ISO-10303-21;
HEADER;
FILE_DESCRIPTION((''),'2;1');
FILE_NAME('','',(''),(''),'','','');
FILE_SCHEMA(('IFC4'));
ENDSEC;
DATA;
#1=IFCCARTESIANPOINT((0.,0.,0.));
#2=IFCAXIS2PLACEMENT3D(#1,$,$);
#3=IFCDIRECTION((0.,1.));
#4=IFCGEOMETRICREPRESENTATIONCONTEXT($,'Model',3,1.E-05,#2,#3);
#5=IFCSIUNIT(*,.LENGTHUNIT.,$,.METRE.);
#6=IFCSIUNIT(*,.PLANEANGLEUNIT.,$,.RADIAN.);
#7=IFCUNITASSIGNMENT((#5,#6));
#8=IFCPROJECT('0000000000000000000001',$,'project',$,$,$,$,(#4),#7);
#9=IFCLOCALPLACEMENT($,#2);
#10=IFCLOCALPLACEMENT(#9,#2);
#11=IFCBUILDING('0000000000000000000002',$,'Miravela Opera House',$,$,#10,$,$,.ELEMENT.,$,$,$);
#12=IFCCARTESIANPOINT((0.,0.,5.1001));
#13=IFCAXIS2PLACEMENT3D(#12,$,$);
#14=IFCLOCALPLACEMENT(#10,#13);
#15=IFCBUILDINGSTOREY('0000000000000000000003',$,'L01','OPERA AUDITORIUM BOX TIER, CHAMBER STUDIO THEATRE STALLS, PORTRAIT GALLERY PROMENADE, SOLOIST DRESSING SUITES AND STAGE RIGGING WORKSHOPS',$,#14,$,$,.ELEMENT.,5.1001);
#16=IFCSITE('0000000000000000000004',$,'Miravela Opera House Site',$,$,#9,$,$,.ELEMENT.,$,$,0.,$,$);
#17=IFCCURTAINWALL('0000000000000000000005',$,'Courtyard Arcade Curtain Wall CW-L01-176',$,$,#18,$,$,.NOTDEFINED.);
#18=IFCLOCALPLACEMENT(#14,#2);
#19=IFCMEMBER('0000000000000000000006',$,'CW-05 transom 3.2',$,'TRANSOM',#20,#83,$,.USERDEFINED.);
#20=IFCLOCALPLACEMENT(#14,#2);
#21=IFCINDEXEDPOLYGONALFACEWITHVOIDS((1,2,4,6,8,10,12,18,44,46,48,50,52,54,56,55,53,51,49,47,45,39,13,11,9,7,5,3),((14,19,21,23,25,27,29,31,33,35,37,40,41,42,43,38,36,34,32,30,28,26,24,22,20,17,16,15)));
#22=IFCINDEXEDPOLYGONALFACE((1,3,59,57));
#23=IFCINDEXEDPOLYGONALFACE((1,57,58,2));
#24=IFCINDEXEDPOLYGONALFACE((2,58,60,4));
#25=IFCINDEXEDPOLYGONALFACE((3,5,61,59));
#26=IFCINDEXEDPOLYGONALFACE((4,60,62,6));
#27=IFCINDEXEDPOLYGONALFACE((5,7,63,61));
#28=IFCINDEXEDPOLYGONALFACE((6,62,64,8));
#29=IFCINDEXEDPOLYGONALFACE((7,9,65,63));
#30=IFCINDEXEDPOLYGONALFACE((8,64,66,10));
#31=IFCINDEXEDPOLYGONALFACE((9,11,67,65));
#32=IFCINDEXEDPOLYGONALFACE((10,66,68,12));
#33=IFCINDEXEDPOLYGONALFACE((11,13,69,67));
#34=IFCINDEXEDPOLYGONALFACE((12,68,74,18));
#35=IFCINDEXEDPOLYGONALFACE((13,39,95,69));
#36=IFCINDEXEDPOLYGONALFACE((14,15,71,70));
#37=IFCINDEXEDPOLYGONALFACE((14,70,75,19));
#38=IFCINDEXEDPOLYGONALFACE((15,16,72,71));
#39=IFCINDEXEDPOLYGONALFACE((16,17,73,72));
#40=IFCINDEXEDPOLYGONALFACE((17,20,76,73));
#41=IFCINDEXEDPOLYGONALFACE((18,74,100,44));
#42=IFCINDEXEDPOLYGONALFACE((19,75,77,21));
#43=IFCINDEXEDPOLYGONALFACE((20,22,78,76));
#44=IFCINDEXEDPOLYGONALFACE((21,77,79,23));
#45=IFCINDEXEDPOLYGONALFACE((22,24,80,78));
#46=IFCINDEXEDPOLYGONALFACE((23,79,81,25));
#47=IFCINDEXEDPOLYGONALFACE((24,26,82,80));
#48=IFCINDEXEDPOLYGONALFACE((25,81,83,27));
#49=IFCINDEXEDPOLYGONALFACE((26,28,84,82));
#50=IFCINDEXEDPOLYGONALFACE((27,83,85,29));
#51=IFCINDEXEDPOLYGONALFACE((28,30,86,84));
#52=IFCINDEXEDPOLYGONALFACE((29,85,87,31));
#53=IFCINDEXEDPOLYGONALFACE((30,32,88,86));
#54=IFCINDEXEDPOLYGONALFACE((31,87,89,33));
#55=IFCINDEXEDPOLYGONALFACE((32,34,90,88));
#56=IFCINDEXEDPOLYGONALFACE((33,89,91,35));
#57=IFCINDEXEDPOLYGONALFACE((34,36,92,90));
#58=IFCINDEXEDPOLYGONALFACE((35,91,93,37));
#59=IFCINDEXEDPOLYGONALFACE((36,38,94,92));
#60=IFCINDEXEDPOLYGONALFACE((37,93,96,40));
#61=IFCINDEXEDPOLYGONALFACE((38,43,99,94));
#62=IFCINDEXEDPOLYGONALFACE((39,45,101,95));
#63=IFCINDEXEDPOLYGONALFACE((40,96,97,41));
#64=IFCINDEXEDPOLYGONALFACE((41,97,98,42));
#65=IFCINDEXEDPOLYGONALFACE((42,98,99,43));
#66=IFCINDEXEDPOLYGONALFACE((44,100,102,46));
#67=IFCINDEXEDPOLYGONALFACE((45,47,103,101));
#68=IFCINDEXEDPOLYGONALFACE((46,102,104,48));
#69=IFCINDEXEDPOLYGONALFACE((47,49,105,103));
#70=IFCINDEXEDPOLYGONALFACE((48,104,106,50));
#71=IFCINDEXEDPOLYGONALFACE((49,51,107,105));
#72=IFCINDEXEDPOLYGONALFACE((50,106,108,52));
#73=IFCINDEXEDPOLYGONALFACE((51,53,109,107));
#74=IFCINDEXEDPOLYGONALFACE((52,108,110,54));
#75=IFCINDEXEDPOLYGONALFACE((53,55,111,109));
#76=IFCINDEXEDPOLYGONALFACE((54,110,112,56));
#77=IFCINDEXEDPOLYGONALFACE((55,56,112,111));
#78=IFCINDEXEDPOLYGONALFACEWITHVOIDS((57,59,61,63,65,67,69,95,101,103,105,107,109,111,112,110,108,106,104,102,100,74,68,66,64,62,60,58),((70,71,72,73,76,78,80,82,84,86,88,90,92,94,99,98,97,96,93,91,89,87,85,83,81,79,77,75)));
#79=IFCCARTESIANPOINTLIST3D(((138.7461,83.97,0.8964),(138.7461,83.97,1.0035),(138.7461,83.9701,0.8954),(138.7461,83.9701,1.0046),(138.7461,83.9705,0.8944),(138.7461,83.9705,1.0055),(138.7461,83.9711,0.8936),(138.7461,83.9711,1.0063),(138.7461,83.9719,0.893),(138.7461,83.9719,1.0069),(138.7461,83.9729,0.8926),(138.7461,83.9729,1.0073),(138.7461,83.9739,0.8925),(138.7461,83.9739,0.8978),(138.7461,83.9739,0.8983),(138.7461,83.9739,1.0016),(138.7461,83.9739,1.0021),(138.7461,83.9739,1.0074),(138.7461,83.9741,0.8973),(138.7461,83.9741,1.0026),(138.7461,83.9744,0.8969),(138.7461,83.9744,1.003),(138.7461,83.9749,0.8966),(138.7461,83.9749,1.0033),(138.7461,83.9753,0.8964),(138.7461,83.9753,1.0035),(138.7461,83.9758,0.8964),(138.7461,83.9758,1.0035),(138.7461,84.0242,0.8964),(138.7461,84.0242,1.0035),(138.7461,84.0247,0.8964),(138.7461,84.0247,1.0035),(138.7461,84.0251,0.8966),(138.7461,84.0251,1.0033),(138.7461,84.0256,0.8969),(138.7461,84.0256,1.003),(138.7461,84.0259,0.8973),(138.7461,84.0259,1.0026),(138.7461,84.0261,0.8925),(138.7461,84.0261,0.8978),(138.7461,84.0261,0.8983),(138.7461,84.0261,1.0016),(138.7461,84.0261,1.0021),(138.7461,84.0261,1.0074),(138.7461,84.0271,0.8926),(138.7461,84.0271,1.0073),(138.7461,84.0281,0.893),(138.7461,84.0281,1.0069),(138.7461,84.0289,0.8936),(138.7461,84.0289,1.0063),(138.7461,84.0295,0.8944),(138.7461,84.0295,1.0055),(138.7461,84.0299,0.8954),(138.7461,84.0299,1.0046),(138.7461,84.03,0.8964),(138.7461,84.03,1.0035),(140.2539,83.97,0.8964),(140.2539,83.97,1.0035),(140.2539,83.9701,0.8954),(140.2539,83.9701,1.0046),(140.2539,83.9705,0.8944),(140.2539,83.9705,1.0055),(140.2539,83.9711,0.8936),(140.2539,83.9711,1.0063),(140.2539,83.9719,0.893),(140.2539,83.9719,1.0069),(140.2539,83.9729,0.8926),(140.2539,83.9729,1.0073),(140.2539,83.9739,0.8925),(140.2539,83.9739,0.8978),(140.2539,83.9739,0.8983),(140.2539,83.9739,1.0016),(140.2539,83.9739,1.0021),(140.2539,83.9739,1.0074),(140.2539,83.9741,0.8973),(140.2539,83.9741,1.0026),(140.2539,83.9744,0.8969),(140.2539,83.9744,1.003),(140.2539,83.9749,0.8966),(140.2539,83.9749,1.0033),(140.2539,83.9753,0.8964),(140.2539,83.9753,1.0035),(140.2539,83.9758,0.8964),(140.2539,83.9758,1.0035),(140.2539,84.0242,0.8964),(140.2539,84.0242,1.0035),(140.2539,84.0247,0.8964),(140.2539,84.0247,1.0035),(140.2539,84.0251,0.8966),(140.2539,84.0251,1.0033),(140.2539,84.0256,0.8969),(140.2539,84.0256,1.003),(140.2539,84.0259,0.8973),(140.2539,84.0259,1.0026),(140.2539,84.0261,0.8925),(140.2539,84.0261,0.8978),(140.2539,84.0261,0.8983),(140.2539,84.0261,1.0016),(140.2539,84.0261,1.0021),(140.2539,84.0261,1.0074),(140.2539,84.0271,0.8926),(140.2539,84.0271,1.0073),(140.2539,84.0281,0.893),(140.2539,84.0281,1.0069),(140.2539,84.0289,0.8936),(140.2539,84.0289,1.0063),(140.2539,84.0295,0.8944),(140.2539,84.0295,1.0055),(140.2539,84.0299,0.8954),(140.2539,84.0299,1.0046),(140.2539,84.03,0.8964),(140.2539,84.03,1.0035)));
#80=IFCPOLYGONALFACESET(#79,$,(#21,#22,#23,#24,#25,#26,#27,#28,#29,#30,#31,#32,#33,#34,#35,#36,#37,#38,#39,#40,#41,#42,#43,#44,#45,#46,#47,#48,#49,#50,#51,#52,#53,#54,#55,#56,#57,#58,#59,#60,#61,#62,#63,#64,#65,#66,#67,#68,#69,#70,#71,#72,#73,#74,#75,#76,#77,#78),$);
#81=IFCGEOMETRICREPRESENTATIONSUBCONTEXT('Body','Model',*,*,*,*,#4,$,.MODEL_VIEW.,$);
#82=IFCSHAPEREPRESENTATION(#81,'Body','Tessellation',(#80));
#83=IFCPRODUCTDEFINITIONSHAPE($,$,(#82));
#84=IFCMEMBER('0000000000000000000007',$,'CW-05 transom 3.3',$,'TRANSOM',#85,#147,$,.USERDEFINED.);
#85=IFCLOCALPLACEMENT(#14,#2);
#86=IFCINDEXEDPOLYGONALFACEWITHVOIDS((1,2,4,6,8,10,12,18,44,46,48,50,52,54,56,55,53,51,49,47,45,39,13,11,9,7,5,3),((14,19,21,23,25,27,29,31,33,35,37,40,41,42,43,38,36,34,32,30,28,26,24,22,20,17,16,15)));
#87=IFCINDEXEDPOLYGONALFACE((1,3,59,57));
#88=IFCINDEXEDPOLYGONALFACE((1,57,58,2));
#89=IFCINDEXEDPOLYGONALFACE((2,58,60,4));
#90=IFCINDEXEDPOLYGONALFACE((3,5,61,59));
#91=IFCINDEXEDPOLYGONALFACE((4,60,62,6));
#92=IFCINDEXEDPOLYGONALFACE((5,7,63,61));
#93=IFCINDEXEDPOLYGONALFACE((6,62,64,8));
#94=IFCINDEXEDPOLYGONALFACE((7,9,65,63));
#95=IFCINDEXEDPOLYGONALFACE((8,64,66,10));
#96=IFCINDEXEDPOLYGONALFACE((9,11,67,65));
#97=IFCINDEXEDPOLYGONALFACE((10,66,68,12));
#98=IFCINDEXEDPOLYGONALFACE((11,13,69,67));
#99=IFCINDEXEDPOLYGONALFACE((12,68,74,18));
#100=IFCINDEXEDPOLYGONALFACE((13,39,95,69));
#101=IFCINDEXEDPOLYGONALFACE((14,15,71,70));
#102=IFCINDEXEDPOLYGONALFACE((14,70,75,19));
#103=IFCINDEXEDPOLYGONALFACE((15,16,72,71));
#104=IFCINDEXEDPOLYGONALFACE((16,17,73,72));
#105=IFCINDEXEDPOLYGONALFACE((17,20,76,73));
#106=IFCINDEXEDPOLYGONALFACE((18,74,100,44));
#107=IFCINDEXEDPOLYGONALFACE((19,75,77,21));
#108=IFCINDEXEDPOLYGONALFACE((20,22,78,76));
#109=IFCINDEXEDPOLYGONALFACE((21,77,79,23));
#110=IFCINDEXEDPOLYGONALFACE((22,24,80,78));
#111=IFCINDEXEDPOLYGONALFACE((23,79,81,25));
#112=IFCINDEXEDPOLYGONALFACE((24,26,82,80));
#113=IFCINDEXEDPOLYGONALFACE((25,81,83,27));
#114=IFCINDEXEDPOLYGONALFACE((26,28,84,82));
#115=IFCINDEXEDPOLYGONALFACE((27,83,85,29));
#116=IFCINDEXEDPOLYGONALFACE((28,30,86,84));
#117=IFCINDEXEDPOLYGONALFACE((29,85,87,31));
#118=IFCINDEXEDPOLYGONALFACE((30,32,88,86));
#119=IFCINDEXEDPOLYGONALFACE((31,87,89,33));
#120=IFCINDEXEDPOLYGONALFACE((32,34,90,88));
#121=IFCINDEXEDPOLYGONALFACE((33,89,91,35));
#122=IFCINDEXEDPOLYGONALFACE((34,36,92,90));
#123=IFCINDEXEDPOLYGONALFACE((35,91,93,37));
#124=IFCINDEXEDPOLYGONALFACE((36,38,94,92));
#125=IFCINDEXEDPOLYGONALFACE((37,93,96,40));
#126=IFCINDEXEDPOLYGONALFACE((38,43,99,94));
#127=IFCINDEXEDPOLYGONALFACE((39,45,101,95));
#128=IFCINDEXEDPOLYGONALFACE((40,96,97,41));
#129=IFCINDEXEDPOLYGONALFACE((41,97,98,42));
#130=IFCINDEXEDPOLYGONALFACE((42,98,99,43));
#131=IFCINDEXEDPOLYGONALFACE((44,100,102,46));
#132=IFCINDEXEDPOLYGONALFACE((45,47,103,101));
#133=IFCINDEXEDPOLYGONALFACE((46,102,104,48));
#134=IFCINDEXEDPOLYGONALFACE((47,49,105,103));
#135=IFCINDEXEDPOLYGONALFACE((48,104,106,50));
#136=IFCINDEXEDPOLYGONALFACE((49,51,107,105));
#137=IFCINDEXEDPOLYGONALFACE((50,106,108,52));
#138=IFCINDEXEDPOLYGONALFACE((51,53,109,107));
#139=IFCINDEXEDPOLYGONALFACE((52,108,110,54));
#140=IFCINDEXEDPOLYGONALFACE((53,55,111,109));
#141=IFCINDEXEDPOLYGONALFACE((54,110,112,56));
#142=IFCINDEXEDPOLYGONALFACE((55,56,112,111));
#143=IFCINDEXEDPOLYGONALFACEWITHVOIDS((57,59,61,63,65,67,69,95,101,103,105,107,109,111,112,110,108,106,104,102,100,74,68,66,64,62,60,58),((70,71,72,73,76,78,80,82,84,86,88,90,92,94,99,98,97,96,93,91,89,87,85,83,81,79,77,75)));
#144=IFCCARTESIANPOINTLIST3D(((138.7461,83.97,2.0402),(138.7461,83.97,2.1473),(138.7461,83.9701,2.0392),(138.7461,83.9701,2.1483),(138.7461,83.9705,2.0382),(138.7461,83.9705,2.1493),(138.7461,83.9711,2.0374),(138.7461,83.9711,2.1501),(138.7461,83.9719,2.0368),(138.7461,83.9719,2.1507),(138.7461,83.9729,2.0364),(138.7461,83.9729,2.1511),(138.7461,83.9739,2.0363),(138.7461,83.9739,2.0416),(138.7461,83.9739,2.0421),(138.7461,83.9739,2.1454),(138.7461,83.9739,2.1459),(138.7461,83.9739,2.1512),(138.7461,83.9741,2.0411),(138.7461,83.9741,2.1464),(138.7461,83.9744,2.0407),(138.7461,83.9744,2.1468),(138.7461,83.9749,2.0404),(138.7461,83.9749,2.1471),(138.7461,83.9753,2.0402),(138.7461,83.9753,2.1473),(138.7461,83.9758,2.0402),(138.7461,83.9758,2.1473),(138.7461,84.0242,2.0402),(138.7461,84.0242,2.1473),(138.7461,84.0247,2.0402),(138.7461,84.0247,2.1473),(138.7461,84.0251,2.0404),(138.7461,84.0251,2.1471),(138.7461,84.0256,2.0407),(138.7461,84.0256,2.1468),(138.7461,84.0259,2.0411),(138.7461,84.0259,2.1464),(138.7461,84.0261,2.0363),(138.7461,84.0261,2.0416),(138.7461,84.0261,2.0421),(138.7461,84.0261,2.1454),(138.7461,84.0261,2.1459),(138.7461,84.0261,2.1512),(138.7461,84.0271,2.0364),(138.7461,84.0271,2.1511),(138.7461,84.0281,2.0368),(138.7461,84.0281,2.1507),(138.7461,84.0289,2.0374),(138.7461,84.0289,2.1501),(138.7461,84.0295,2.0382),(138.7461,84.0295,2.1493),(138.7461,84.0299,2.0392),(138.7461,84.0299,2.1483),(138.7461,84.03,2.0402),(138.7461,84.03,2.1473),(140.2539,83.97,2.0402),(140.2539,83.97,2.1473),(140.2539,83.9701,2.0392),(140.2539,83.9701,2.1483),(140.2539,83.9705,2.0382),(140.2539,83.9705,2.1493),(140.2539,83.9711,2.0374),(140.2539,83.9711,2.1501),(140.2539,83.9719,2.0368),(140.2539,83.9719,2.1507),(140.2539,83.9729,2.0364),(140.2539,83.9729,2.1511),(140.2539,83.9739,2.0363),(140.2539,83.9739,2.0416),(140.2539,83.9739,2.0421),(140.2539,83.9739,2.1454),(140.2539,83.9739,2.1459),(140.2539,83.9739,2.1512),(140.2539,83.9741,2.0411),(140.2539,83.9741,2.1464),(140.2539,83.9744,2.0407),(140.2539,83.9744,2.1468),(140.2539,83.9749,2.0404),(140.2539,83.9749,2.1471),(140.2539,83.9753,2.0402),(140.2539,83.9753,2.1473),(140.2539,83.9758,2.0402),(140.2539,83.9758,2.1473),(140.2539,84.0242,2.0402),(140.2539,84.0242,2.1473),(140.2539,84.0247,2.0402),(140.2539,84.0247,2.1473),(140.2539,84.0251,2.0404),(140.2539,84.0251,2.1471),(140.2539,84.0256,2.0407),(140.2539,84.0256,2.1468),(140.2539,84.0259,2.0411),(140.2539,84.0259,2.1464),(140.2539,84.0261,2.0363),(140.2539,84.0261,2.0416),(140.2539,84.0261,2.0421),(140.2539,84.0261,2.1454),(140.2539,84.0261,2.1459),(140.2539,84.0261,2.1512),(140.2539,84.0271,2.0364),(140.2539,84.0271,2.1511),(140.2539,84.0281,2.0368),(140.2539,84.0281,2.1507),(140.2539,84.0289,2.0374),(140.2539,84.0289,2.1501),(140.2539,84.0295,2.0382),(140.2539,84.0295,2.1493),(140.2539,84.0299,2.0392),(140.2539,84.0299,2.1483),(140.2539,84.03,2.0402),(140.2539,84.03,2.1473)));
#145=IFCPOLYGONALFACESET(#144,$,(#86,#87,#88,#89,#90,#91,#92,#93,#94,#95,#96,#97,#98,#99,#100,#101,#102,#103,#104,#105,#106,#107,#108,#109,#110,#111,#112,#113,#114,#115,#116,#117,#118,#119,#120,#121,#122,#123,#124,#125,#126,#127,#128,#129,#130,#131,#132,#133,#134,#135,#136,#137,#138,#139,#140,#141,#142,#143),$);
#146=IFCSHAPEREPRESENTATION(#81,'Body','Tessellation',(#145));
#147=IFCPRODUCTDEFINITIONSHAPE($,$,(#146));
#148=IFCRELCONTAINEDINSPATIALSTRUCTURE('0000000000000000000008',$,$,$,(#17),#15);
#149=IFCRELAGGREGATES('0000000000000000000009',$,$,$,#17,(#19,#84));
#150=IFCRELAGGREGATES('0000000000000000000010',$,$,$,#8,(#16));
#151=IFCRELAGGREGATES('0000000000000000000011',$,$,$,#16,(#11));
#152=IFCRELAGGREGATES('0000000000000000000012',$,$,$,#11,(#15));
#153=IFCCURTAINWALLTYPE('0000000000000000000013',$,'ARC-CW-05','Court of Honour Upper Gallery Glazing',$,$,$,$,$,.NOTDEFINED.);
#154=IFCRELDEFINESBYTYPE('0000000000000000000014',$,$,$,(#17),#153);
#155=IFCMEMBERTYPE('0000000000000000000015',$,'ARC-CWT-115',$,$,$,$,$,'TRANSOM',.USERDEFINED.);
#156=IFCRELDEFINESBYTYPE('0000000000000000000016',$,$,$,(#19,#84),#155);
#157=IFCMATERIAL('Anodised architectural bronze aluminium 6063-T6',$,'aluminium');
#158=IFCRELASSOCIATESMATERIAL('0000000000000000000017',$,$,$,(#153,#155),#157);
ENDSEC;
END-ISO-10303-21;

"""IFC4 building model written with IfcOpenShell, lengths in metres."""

from ifc_helpers import new_model, si_unit, direction, frame, origin, origin_2d, place, context, subcontext, project, spatial, hollow_rectangle, extrude, material, material_profile, profile_set, type_object, element, aggregate, save


model = new_model("IFC4")

# Units and contexts
model_context = context("Model", 3, precision=1e-05, world=origin(), true_north=direction((0.0, 1.0)))
body_context = subcontext(model_context, "Body", "Model", "MODEL_VIEW")
ifc_project = project(units=[si_unit("LENGTHUNIT", "METRE"), si_unit("PLANEANGLEUNIT", "RADIAN")], contexts=[model_context])

# Site, building, storey
site_placement = place(None, origin())
site = spatial("IfcSite", under=ifc_project, at=site_placement, Name="Miravela Opera House Site", CompositionType="ELEMENT", RefElevation=0.0)
building_placement = place(site_placement, origin())
building = spatial("IfcBuilding", under=site, at=building_placement, Name="Miravela Opera House", CompositionType="ELEMENT")
storey_placement = place(building_placement, frame((0.0, 0.0, 5.1001)))
storey = spatial("IfcBuildingStorey", under=building, at=storey_placement, Name="L01", Description="OPERA AUDITORIUM BOX TIER, CHAMBER STUDIO THEATRE STALLS, PORTRAIT GALLERY PROMENADE, SOLOIST DRESSING SUITES AND STAGE RIGGING WORKSHOPS", CompositionType="ELEMENT", Elevation=5.1001)

# Curtain wall, members
ifc_material_1 = material(Name="Anodised architectural bronze aluminium 6063-T6", Category="aluminium")
curtain_wall_type = type_object("IfcCurtainWallType", Name="ARC-CW-05", Description="Court of Honour Upper Gallery Glazing", PredefinedType="NOTDEFINED", material=ifc_material_1)
curtain_wall_placement = place(storey_placement, origin())
curtain_wall = element("IfcCurtainWall", 1, at=curtain_wall_placement, inside=storey, type_object=curtain_wall_type, Name="Courtyard Arcade Curtain Wall CW-L01-176", PredefinedType="NOTDEFINED")
ifc_material_profile_1 = material_profile(ifc_material_1, hollow_rectangle(XDim=0.0601, YDim=0.115, WallThickness=0.0039, InnerFilletRadius=0.002, OuterFilletRadius=0.0039, at=origin_2d()), Name="CWT-60X115")
ifc_profile_set_1 = profile_set([ifc_material_profile_1])
member_type_1 = type_object("IfcMemberType", Name="ARC-CWT-115", ElementType="TRANSOM", PredefinedType="USERDEFINED", material=ifc_profile_set_1)
member_1_placement = place(storey_placement, frame((138.7461, 84.0, 0.95), z_axis=(1.0, 0.0, 0.0), x_axis=(0.0, 1.0, 0.0)))
member_1 = element("IfcMember", 2, at=member_1_placement, type_object=member_type_1, Name="CW-05 transom 3.2", ObjectType="TRANSOM", PredefinedType="USERDEFINED", context=body_context, shape_type="SweptSolid", body=[
    extrude(hollow_rectangle(XDim=0.0601, YDim=0.115, WallThickness=0.0039, InnerFilletRadius=0.002, OuterFilletRadius=0.0039, at=origin_2d()), origin(), (0.0, 0.0, 1.0), 1.5078),
])
member_2_placement = place(storey_placement, frame((138.7461, 84.0, 2.0938), z_axis=(1.0, 0.0, 0.0), x_axis=(0.0, 1.0, 0.0)))
member_2 = element("IfcMember", 3, at=member_2_placement, type_object=member_type_1, Name="CW-05 transom 3.3", ObjectType="TRANSOM", PredefinedType="USERDEFINED", context=body_context, shape_type="SweptSolid", body=[
    extrude(hollow_rectangle(XDim=0.0601, YDim=0.115, WallThickness=0.0039, InnerFilletRadius=0.002, OuterFilletRadius=0.0039, at=origin_2d()), origin(), (0.0, 0.0, 1.0), 1.5078),
])
aggregate(curtain_wall, [member_1, member_2])

save(model, "model.ifc")
